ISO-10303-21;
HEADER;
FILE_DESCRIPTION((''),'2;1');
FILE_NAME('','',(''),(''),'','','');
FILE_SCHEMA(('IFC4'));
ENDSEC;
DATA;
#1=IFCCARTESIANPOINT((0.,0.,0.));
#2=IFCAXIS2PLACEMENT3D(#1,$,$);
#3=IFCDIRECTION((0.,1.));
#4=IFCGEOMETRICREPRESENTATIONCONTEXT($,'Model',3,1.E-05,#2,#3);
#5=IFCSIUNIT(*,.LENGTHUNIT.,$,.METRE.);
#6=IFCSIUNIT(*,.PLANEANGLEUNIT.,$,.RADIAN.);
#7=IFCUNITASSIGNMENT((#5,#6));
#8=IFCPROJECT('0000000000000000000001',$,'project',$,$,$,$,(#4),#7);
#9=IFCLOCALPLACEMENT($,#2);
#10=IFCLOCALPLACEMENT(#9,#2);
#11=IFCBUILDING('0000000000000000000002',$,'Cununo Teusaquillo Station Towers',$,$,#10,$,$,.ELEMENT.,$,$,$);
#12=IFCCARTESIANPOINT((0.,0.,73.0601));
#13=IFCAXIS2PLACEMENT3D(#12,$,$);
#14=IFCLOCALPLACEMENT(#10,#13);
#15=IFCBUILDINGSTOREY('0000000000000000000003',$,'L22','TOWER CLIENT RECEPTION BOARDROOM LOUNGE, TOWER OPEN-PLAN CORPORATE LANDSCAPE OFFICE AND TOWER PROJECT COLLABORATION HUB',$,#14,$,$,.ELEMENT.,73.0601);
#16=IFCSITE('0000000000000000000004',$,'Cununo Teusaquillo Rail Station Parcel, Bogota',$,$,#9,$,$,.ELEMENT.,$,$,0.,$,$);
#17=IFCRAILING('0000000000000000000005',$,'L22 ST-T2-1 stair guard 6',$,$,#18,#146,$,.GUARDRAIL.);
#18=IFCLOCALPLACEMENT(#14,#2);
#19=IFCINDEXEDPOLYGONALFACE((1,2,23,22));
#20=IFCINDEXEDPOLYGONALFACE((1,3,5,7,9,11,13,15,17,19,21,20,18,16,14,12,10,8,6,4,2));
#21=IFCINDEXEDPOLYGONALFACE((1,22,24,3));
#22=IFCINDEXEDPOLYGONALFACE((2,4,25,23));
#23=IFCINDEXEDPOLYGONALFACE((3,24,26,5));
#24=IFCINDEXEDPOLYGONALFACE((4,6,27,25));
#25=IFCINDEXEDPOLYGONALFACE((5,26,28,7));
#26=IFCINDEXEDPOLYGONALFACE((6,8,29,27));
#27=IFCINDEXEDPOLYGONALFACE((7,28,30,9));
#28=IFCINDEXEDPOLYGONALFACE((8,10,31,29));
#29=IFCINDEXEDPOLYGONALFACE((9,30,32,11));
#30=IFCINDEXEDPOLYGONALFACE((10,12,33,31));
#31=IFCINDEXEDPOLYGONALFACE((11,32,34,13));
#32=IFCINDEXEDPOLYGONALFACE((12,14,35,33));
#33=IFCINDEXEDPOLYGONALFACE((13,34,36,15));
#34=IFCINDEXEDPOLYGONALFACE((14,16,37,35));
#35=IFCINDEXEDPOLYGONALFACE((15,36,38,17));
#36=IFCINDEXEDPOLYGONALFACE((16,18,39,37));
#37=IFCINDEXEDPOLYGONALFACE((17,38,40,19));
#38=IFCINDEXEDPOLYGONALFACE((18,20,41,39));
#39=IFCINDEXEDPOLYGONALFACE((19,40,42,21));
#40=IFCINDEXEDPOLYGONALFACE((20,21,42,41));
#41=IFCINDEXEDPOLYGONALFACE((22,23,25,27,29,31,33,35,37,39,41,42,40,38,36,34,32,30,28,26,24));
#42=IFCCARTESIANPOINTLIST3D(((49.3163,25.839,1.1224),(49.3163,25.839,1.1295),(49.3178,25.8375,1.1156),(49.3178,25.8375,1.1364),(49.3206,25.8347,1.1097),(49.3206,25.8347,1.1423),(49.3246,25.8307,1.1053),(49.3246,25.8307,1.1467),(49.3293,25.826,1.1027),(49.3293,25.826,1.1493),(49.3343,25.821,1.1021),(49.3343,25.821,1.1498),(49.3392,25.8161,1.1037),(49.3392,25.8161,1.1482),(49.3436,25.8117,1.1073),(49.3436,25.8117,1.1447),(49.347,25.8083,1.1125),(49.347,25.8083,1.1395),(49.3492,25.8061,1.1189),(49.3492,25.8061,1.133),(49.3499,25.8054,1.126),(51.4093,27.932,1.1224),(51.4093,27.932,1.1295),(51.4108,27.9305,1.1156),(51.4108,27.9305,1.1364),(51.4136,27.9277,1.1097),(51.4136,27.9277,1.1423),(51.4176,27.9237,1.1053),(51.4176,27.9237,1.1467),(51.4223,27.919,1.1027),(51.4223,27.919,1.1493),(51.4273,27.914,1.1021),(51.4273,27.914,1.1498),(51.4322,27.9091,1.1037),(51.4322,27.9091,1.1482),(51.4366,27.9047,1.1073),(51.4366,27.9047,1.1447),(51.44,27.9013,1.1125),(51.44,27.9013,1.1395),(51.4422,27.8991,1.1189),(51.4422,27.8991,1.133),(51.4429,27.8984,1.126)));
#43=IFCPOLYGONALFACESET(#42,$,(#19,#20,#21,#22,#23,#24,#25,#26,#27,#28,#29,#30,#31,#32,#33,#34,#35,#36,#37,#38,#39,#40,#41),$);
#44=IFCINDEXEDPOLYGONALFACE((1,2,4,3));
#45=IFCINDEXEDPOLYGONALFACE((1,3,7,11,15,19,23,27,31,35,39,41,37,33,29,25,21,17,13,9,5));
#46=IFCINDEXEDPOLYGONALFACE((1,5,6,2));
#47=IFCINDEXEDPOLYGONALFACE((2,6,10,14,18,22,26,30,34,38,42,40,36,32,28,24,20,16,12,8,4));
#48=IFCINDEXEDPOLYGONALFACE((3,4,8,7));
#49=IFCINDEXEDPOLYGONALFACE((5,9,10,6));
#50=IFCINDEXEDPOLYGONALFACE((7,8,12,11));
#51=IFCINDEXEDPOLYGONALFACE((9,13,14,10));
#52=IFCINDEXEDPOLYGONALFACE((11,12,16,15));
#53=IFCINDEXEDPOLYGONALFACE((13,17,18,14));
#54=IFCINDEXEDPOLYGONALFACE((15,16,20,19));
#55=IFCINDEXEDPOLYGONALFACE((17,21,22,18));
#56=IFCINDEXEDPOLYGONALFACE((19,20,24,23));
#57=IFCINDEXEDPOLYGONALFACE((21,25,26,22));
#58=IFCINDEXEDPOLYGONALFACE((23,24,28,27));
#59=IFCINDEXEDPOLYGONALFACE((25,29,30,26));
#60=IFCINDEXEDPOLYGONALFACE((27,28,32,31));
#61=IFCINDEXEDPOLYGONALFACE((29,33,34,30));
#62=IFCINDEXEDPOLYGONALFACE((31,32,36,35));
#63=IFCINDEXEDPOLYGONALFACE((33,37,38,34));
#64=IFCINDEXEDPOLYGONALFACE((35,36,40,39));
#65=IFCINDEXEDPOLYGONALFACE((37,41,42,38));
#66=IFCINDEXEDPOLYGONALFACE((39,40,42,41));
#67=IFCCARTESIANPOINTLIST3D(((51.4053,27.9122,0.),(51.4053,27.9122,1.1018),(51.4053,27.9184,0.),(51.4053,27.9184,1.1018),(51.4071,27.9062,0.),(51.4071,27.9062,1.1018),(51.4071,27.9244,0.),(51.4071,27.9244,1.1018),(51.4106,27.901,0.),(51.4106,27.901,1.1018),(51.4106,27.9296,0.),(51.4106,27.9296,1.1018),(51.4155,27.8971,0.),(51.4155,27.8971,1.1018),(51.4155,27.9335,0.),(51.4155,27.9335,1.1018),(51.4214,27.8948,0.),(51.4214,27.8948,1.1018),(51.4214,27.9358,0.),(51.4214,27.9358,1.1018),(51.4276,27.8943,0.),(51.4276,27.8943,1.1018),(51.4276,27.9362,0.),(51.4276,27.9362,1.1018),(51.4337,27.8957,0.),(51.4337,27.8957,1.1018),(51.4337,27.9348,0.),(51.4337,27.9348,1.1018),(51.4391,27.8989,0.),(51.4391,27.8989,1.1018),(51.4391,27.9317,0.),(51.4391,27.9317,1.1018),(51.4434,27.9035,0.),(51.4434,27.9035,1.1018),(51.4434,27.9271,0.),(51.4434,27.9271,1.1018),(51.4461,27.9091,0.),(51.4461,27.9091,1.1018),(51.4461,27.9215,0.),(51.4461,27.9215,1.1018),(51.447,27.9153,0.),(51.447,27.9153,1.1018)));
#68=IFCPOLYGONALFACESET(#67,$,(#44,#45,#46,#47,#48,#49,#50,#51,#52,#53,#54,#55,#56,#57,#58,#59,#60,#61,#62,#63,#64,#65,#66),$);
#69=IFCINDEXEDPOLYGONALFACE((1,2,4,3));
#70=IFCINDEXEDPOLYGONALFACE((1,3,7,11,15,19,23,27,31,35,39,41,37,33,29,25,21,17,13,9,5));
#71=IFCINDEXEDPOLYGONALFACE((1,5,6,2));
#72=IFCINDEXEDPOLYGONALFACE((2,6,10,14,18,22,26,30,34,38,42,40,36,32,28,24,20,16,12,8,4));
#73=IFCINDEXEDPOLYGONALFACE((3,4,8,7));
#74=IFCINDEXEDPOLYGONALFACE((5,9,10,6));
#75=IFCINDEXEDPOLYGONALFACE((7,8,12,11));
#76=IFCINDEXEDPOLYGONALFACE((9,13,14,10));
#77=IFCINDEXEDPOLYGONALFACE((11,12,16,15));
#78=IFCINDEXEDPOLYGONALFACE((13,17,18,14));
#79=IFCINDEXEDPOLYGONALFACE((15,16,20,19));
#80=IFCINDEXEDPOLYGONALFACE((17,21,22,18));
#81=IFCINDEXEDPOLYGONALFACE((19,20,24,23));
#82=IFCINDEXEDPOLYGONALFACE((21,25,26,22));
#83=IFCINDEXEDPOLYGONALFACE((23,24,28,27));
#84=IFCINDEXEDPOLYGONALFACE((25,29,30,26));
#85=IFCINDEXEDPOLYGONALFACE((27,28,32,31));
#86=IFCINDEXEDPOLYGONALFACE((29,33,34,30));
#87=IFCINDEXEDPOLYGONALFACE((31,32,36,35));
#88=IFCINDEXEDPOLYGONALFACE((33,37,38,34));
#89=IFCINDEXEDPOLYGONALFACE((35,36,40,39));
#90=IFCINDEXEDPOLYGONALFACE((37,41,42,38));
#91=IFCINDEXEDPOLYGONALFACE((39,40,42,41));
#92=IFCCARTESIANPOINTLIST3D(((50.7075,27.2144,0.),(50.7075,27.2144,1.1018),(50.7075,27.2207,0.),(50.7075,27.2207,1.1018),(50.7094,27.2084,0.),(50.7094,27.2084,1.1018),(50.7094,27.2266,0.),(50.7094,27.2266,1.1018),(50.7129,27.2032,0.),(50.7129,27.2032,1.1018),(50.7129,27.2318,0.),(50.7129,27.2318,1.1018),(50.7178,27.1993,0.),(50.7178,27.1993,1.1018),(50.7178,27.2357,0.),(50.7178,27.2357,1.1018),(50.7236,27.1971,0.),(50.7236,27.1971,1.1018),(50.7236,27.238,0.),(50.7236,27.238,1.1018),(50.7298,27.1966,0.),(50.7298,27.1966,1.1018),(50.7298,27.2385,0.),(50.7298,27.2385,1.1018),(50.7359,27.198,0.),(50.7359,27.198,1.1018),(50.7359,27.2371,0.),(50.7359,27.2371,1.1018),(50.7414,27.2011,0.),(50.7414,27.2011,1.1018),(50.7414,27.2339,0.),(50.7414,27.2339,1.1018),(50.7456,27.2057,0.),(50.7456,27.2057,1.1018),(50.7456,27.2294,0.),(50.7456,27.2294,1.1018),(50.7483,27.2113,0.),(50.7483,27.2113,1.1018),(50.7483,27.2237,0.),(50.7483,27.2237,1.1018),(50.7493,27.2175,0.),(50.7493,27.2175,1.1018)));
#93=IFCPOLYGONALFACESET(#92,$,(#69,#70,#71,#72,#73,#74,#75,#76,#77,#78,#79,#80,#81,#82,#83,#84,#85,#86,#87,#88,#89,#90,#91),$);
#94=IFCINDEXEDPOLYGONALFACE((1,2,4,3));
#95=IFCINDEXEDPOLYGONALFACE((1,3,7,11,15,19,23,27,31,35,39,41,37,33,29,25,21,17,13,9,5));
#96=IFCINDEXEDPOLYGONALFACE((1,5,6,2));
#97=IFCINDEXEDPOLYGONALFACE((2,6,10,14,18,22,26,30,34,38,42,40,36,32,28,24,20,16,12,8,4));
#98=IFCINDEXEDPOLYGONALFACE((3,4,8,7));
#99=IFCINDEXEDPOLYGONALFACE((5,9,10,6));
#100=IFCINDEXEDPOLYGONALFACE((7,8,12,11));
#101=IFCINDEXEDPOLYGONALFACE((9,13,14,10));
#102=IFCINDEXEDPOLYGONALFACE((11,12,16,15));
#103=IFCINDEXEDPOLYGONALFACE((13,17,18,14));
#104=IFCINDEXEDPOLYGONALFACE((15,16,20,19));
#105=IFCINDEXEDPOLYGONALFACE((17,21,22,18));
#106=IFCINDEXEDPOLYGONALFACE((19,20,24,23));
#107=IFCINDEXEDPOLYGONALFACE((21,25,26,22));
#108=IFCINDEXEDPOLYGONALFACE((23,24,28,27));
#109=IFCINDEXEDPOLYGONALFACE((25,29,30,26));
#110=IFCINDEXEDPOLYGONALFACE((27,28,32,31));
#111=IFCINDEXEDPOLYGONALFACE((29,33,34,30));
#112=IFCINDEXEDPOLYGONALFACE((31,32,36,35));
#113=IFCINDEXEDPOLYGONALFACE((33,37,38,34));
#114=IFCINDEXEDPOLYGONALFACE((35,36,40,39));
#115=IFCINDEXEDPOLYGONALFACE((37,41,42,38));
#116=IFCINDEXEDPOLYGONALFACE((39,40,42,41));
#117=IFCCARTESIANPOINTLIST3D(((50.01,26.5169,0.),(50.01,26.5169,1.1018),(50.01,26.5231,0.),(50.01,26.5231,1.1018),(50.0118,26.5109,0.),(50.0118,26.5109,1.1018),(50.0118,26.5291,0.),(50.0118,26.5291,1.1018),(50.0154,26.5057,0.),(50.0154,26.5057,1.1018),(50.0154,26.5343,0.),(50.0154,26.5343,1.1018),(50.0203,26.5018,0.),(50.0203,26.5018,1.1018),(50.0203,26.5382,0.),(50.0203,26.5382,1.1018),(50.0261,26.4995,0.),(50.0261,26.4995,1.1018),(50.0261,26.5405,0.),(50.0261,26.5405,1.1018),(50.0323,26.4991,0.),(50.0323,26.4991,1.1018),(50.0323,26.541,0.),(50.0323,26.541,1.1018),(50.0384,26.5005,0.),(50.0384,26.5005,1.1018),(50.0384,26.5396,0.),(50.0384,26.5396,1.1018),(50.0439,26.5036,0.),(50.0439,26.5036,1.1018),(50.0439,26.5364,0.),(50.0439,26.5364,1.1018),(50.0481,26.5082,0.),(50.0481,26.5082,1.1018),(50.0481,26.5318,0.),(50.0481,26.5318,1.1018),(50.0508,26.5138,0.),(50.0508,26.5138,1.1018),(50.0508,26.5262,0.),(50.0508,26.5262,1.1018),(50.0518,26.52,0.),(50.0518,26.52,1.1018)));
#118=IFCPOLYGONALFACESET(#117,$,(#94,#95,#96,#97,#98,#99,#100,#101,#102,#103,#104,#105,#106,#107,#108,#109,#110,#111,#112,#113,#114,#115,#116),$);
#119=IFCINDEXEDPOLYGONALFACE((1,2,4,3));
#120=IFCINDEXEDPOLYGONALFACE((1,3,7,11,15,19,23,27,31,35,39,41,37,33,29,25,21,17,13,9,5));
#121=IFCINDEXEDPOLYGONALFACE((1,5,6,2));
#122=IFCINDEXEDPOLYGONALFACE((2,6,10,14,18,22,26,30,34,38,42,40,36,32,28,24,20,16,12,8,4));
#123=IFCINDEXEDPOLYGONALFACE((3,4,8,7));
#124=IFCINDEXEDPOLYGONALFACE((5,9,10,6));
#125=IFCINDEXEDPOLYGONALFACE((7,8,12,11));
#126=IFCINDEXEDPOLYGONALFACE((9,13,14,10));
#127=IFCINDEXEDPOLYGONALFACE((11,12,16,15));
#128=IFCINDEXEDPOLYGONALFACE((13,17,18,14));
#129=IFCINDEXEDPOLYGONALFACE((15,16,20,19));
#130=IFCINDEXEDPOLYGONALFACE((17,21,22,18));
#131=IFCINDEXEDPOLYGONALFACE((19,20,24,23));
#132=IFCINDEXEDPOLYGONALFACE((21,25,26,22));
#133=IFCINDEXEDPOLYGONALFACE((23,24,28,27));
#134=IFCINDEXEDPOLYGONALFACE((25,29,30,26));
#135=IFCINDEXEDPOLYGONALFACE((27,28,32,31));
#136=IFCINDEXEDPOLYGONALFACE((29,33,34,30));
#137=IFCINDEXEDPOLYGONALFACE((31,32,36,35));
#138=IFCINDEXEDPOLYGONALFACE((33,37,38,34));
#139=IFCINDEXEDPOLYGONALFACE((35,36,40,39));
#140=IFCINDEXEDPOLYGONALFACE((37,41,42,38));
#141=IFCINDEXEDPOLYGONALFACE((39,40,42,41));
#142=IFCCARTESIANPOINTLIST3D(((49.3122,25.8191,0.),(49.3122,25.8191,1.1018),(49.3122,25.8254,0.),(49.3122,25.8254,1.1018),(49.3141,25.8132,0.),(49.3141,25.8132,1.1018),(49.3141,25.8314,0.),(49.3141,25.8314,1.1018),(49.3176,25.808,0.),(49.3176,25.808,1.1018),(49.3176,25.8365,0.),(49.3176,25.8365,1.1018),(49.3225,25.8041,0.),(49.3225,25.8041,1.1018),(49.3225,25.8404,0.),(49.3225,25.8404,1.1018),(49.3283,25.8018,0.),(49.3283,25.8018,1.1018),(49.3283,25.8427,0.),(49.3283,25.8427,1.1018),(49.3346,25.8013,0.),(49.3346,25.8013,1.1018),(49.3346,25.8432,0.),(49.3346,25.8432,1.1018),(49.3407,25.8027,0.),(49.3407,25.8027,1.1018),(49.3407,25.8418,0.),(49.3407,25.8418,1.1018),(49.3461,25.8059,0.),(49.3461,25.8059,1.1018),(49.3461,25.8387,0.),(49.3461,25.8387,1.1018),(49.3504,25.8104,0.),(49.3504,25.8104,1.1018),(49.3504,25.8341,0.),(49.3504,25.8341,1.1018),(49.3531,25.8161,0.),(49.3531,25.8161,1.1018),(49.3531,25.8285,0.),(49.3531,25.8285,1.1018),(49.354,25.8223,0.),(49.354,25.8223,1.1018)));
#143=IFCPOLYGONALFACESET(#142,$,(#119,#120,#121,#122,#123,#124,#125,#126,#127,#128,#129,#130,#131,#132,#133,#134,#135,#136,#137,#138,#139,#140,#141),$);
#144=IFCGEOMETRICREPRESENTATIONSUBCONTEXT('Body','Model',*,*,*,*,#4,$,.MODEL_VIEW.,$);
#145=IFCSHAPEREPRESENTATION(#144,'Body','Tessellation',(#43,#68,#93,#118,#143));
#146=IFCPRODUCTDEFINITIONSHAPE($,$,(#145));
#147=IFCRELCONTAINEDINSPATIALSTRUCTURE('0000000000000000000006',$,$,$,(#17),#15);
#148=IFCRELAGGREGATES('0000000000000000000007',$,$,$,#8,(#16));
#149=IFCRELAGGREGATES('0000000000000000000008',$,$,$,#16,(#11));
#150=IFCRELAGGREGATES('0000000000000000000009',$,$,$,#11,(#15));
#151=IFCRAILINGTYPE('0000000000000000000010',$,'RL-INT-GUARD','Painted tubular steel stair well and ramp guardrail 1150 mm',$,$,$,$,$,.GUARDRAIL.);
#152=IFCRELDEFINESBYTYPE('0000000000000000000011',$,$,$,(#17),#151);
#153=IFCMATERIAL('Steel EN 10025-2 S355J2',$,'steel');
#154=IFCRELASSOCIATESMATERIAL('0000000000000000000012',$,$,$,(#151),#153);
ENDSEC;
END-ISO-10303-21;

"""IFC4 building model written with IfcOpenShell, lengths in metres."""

from ifc_helpers import new_model, si_unit, direction, frame, origin, origin_2d, place, context, subcontext, project, spatial, circle, extrude, material, type_object, element, save


model = new_model("IFC4")

# Units and contexts
model_context = context("Model", 3, precision=1e-05, world=origin(), true_north=direction((0.0, 1.0)))
body_context = subcontext(model_context, "Body", "Model", "MODEL_VIEW")
ifc_project = project(units=[si_unit("LENGTHUNIT", "METRE"), si_unit("PLANEANGLEUNIT", "RADIAN")], contexts=[model_context])

# Site, building, storey
site_placement = place(None, origin())
site = spatial("IfcSite", under=ifc_project, at=site_placement, Name="Cununo Teusaquillo Rail Station Parcel, Bogota", CompositionType="ELEMENT", RefElevation=0.0)
building_placement = place(site_placement, origin())
building = spatial("IfcBuilding", under=site, at=building_placement, Name="Cununo Teusaquillo Station Towers", CompositionType="ELEMENT")
storey_placement = place(building_placement, frame((0.0, 0.0, 73.0601)))
storey = spatial("IfcBuildingStorey", under=building, at=storey_placement, Name="L22", Description="TOWER CLIENT RECEPTION BOARDROOM LOUNGE, TOWER OPEN-PLAN CORPORATE LANDSCAPE OFFICE AND TOWER PROJECT COLLABORATION HUB", CompositionType="ELEMENT", Elevation=73.0601)

# Railing
ifc_material_1 = material(Name="Steel EN 10025-2 S355J2", Category="steel")
railing_type = type_object("IfcRailingType", Name="RL-INT-GUARD", Description="Painted tubular steel stair well and ramp guardrail 1150 mm", PredefinedType="GUARDRAIL", material=ifc_material_1)
railing_1_placement = place(storey_placement, frame((51.426, 27.9153, 0.0)))
element("IfcRailing", 1, at=railing_1_placement, inside=storey, type_object=railing_type, Name="L22 ST-T2-1 stair guard 6", PredefinedType="GUARDRAIL", context=body_context, shape_type="SweptSolid", body=[
    extrude(circle(Radius=0.0239, at=origin_2d()), frame((0.0, 0.0, 1.126), z_axis=(-0.707107, -0.707107, 0.0), x_axis=(0.707107, -0.707107, 0.0)), (0.0, 0.0, 1.0), 2.96),
    extrude(circle(Radius=0.021, at=origin_2d()), origin(), (0.0, 0.0, 1.0), 1.1018),
    extrude(circle(Radius=0.021, at=origin_2d()), frame((-0.6978, -0.6978, 0.0)), (0.0, 0.0, 1.0), 1.1018),
    extrude(circle(Radius=0.021, at=origin_2d()), frame((-1.3953, -1.3953, 0.0)), (0.0, 0.0, 1.0), 1.1018),
    extrude(circle(Radius=0.021, at=origin_2d()), frame((-2.093, -2.093, 0.0)), (0.0, 0.0, 1.0), 1.1018),
])

save(model, "model.ifc")
